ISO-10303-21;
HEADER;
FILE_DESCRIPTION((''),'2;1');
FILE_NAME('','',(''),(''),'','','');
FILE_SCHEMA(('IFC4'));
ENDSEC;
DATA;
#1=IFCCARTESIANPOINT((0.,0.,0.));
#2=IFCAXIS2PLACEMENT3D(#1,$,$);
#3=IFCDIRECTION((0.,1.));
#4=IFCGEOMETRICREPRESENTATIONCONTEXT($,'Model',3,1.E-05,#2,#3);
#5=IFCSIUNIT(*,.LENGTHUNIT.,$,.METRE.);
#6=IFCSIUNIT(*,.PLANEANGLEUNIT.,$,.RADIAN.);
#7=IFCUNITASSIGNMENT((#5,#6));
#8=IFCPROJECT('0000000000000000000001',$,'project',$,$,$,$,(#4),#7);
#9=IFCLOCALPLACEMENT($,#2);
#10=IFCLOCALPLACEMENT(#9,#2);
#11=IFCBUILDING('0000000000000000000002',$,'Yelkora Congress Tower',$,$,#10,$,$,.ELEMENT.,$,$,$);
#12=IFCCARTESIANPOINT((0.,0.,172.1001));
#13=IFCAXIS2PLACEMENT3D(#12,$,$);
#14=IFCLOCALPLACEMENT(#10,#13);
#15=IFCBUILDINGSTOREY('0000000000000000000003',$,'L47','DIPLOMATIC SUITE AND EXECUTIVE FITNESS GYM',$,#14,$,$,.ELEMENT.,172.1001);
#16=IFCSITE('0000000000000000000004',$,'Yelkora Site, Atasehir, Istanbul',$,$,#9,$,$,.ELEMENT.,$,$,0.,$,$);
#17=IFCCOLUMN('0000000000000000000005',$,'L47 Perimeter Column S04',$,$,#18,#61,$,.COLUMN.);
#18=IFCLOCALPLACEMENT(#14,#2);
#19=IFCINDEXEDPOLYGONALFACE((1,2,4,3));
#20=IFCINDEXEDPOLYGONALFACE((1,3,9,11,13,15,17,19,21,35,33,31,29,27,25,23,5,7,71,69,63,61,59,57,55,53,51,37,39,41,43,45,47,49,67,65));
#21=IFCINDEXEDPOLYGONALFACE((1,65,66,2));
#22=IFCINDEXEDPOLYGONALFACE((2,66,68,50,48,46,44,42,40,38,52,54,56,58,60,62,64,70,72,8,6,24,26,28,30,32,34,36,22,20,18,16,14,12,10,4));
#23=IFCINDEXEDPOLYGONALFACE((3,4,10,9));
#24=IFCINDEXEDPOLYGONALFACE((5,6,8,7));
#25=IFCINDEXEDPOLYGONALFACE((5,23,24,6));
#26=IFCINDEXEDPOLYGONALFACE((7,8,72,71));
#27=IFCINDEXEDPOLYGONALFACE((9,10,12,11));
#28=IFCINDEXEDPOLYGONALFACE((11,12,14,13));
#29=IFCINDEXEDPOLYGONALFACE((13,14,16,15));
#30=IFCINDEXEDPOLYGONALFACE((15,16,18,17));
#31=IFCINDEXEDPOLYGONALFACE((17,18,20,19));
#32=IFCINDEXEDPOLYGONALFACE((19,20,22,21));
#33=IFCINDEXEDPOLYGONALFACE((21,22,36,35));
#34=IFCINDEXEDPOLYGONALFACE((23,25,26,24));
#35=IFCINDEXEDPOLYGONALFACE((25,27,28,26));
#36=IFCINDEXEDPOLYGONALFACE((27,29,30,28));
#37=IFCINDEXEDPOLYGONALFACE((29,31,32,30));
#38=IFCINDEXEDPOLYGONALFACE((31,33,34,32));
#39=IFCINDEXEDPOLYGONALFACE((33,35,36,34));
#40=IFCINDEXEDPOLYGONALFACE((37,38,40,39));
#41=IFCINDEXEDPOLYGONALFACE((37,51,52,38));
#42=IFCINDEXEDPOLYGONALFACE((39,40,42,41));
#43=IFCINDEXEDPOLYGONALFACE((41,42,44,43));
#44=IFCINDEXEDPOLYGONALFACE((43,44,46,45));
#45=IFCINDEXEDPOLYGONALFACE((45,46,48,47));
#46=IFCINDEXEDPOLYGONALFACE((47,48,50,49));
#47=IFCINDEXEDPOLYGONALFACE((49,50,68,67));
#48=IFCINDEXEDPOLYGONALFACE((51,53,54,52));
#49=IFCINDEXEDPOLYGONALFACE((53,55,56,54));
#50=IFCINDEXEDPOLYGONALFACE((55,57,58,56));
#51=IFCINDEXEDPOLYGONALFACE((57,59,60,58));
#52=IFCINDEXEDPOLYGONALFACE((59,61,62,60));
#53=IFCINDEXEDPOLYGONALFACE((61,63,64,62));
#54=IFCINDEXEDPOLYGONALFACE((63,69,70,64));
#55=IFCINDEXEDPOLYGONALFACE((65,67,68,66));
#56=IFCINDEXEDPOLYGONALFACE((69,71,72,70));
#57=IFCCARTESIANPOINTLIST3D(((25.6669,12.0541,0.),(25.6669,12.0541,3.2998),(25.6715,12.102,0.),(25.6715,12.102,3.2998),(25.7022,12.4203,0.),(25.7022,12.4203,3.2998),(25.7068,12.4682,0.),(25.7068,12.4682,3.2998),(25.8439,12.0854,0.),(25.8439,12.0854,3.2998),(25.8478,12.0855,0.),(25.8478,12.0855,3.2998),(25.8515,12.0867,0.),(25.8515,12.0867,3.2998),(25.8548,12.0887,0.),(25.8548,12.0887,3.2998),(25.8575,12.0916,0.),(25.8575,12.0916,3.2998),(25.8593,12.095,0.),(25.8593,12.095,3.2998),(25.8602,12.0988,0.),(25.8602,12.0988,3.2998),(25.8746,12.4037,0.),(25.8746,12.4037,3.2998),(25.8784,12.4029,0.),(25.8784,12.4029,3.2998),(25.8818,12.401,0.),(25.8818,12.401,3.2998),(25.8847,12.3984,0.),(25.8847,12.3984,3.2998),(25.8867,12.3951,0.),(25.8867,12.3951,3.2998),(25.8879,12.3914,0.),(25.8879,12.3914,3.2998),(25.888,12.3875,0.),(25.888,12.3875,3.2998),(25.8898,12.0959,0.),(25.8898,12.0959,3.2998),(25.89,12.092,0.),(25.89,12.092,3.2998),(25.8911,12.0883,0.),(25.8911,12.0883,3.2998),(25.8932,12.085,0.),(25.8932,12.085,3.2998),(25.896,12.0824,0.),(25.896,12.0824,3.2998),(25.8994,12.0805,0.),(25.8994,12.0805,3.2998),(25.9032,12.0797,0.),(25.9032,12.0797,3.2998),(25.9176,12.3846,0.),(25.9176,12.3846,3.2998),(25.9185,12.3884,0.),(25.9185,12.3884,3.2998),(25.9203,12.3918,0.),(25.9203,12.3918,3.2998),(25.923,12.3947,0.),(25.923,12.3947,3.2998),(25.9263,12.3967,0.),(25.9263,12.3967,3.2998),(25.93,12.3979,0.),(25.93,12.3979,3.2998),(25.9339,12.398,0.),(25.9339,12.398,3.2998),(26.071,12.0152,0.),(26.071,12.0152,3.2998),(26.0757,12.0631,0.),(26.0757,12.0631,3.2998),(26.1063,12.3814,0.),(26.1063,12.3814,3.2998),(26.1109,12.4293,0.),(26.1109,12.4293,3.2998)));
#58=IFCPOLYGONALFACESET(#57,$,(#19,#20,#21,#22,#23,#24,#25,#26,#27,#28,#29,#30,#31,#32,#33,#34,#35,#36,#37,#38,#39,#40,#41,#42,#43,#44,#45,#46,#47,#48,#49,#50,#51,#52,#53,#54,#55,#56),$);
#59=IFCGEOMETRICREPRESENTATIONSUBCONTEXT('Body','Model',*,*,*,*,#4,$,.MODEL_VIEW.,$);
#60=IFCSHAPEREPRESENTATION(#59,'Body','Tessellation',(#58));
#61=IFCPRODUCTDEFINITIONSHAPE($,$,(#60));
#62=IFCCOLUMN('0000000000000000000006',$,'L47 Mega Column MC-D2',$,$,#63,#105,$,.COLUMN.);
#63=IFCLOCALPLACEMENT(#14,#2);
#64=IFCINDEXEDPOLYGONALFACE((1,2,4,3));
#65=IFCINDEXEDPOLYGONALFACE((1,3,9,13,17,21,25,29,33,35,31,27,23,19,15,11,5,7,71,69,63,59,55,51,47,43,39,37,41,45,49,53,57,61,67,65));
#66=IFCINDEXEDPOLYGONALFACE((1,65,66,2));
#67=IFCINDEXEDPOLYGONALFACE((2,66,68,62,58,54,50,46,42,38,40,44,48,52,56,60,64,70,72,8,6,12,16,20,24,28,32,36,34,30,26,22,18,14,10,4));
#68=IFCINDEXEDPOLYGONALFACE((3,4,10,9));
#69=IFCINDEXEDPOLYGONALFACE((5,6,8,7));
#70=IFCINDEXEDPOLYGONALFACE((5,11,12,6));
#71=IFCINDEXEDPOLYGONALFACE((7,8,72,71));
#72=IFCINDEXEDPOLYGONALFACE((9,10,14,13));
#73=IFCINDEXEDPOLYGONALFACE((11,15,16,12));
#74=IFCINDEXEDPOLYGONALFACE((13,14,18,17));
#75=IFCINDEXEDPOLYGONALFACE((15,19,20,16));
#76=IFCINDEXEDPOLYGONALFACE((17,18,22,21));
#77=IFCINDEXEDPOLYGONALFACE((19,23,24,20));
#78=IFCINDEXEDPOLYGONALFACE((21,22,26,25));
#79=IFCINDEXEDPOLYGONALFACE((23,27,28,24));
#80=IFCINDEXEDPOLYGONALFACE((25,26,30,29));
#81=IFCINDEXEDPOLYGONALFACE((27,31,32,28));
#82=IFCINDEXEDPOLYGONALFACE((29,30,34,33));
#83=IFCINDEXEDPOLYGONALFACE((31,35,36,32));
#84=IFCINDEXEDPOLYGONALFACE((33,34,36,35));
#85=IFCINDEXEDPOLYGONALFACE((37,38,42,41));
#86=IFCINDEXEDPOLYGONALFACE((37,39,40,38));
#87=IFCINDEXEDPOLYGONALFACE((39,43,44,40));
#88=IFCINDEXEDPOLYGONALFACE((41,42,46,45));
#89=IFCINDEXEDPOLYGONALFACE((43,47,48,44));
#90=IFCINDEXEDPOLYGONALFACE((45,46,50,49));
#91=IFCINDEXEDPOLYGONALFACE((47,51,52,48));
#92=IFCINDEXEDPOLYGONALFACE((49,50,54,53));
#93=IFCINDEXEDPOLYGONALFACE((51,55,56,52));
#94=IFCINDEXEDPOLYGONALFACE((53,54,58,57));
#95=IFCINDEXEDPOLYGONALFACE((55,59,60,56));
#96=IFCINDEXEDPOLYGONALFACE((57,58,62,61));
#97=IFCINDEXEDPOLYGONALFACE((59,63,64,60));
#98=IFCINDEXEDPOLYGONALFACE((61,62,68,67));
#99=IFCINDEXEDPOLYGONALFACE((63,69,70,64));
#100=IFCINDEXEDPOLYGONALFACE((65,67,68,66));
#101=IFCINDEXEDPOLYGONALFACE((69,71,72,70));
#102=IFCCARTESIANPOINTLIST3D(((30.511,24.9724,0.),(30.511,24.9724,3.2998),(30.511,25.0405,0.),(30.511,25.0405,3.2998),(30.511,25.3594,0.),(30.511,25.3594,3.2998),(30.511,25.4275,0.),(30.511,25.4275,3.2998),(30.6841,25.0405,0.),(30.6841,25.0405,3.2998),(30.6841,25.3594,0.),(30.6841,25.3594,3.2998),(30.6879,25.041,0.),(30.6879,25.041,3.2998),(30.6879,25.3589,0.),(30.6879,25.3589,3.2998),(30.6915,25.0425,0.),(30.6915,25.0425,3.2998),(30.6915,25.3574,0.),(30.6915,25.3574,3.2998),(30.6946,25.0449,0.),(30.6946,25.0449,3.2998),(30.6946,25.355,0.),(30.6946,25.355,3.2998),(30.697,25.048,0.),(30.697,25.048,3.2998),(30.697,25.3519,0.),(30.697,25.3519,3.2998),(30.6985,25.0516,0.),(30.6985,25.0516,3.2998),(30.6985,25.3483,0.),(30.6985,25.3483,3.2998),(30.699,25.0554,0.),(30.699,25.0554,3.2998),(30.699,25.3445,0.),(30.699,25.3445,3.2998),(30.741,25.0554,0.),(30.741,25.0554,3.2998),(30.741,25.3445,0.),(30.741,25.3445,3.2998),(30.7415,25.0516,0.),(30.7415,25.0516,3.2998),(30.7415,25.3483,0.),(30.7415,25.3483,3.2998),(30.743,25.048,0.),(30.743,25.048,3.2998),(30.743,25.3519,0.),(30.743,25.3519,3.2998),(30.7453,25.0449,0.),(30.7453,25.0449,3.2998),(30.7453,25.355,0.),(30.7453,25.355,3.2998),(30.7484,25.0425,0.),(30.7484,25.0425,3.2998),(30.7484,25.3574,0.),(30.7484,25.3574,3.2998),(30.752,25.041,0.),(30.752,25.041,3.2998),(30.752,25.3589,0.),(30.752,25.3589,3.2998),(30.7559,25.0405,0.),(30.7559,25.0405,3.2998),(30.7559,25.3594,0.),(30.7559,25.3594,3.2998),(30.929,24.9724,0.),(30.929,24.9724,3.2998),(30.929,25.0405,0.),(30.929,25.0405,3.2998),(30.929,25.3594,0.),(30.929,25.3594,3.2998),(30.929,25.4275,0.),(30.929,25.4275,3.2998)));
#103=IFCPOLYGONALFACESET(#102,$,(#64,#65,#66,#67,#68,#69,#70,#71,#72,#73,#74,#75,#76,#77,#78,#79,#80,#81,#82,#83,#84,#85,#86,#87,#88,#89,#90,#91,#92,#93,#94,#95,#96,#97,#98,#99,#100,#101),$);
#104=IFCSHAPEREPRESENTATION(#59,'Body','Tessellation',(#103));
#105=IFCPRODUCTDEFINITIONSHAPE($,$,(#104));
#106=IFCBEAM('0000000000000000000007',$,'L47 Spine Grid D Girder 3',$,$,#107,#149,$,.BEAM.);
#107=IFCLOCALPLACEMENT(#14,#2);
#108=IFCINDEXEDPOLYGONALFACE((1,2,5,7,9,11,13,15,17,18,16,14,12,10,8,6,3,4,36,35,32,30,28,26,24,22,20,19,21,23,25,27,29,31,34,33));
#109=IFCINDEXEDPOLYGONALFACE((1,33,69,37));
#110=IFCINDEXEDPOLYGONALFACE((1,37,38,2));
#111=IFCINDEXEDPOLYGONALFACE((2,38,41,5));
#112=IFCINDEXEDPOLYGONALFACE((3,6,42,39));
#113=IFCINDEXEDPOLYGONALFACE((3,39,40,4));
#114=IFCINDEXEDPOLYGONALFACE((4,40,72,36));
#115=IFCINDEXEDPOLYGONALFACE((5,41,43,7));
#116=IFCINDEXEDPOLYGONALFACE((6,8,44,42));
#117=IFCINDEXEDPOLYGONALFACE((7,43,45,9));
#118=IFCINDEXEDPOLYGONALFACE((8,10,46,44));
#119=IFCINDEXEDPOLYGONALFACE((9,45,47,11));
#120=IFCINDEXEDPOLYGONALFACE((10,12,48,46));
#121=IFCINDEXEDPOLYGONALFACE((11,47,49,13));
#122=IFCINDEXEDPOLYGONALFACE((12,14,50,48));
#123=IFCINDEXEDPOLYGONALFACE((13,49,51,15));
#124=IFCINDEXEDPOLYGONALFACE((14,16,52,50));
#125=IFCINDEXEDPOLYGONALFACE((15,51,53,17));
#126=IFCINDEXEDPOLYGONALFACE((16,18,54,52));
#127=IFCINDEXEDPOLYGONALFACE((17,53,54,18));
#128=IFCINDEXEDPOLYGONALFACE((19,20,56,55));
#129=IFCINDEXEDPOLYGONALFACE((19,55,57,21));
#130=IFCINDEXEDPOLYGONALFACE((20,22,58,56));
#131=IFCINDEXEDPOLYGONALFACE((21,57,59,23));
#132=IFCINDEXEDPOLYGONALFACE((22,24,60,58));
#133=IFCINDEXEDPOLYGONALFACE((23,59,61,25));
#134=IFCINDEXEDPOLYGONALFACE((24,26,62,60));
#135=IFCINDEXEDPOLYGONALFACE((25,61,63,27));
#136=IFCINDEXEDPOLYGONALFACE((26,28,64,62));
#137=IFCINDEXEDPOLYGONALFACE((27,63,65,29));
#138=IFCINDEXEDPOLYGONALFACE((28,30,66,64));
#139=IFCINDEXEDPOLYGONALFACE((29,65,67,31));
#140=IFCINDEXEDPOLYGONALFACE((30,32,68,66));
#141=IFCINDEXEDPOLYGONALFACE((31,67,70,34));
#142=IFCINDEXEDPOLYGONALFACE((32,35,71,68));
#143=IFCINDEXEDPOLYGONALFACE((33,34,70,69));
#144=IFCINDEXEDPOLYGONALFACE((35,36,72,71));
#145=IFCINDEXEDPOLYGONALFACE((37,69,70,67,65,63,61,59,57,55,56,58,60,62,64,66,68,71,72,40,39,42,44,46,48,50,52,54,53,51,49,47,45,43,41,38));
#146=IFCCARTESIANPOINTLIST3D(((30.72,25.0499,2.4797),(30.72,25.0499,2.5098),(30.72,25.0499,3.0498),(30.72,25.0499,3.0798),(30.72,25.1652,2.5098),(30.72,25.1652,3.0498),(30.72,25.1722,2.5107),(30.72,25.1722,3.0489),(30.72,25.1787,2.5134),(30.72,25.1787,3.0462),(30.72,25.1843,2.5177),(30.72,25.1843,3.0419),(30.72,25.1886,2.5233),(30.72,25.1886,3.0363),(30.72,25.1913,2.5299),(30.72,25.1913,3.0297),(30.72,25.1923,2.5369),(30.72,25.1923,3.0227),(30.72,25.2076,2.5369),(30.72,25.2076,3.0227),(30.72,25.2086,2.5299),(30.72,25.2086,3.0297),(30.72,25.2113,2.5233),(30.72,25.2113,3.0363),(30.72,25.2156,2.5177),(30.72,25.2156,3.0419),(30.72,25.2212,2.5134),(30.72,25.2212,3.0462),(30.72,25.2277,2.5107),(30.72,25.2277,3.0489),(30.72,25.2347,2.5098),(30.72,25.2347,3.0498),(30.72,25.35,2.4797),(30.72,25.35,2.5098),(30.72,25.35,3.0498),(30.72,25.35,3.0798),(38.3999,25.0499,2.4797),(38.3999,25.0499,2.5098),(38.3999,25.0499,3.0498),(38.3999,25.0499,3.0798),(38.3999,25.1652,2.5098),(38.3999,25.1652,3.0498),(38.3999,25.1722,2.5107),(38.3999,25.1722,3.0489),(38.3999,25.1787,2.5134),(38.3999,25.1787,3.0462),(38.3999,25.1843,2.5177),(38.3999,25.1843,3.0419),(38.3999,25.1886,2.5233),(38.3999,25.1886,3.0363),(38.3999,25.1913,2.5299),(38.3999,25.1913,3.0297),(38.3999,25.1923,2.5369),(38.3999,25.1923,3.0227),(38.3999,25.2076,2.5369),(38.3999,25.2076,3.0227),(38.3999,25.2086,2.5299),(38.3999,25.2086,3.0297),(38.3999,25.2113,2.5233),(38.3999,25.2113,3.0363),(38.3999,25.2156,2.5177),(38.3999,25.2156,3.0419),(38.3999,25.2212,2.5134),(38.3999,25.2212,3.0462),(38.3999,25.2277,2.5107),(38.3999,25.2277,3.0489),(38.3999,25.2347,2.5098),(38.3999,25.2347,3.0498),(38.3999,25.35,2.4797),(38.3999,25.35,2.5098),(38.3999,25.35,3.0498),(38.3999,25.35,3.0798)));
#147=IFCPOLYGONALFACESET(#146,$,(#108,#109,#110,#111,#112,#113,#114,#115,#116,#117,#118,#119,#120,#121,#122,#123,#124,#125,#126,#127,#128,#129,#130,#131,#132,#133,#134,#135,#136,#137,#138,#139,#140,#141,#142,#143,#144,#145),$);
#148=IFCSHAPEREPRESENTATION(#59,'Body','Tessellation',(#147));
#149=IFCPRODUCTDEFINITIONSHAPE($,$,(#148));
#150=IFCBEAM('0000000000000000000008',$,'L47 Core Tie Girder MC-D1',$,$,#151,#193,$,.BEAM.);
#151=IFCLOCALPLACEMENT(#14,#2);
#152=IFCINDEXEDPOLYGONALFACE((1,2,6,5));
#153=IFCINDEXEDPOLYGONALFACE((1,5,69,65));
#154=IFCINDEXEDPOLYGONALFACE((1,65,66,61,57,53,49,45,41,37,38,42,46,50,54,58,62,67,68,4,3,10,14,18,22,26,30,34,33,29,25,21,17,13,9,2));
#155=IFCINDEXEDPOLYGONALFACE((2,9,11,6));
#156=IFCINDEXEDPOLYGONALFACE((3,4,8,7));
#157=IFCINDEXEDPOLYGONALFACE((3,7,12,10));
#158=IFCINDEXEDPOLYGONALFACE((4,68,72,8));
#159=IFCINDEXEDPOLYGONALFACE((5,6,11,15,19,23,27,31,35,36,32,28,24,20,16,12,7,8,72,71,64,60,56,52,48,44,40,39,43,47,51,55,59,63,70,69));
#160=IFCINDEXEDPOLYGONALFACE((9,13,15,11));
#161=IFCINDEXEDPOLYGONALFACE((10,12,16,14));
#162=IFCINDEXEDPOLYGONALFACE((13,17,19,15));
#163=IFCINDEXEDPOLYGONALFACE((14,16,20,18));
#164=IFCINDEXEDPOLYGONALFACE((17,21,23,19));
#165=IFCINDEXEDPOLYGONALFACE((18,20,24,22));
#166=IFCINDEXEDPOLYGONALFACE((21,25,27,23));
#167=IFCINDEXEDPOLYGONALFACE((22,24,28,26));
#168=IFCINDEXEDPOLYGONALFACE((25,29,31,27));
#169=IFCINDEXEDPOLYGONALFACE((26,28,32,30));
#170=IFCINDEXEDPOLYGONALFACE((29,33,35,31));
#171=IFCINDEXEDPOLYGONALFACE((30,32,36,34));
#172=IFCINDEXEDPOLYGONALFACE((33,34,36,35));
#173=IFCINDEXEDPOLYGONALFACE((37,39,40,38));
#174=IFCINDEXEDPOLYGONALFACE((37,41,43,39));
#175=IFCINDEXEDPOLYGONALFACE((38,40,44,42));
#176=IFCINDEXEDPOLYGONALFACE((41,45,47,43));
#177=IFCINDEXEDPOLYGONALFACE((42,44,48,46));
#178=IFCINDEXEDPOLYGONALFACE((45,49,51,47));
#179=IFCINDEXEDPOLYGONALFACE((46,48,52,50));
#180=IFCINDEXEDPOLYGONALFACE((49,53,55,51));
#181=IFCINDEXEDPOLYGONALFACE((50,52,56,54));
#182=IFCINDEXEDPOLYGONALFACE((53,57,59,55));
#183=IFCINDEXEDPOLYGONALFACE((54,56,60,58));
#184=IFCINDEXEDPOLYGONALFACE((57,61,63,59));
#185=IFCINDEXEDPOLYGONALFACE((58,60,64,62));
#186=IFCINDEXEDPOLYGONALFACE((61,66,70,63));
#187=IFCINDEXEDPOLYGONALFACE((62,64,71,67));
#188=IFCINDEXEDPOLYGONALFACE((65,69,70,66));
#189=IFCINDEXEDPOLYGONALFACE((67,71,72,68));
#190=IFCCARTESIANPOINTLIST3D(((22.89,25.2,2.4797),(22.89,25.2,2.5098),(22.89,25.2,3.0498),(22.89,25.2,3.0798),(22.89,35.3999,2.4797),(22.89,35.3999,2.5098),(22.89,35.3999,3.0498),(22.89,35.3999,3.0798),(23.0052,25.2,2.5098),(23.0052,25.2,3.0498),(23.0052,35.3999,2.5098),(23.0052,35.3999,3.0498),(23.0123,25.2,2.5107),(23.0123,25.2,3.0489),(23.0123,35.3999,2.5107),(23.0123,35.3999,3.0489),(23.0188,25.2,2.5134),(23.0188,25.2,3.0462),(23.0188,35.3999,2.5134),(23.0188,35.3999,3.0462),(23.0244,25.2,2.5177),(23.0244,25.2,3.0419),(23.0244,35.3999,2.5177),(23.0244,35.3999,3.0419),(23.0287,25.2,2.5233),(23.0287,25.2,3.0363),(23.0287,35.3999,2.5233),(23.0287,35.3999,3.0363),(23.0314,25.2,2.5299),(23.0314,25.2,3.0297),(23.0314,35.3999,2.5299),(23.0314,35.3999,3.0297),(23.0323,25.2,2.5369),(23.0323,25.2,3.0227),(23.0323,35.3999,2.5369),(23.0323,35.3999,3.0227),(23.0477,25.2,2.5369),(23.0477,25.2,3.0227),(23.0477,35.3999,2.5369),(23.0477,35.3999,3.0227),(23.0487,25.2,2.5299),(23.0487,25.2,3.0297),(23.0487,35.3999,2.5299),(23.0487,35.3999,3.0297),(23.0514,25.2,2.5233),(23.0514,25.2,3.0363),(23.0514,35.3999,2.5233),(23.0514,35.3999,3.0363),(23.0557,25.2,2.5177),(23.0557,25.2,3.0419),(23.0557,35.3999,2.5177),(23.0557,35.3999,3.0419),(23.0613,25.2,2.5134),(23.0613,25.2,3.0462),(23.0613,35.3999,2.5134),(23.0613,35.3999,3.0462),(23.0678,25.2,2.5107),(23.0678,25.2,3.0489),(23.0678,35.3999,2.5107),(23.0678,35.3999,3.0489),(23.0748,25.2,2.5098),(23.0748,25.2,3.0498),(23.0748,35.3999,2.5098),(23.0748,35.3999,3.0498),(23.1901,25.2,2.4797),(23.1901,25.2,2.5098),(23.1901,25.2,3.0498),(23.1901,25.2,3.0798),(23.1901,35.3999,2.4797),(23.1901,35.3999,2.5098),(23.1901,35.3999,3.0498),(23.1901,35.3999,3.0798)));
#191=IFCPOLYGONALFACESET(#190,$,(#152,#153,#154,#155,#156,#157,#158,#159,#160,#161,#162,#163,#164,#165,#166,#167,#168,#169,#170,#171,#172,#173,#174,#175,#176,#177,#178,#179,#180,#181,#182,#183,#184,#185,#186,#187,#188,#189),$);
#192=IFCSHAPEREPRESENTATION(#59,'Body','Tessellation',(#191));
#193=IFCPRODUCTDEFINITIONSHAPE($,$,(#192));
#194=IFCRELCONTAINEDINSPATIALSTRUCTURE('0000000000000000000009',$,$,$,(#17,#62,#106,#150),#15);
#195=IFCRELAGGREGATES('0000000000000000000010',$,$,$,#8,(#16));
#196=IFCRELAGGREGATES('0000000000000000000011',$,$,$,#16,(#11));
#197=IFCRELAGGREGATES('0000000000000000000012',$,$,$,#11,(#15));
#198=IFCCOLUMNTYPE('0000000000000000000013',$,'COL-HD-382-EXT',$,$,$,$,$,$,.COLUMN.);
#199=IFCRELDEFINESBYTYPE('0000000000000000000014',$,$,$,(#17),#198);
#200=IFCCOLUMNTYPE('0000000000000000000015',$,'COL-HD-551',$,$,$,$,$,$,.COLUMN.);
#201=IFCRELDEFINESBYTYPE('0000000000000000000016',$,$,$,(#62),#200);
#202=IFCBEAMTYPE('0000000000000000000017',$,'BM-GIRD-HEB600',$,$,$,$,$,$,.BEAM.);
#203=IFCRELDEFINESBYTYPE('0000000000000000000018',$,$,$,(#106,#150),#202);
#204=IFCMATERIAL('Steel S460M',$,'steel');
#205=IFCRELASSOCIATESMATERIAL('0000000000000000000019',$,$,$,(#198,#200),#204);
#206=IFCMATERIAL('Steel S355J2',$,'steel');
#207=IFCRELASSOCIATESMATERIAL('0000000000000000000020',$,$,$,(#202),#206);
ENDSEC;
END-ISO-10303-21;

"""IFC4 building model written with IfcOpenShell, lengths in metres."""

from ifc_helpers import new_model, si_unit, direction, frame, origin, origin_2d, place, context, subcontext, project, spatial, i_section, extrude, material, material_profile, profile_set, type_object, element, save


model = new_model("IFC4")

# Units and contexts
model_context = context("Model", 3, precision=1e-05, world=origin(), true_north=direction((0.0, 1.0)))
body_context = subcontext(model_context, "Body", "Model", "MODEL_VIEW")
ifc_project = project(units=[si_unit("LENGTHUNIT", "METRE"), si_unit("PLANEANGLEUNIT", "RADIAN")], contexts=[model_context])

# Site, building, storey
site_placement = place(None, origin())
site = spatial("IfcSite", under=ifc_project, at=site_placement, Name="Yelkora Site, Atasehir, Istanbul", CompositionType="ELEMENT", RefElevation=0.0)
building_placement = place(site_placement, origin())
building = spatial("IfcBuilding", under=site, at=building_placement, Name="Yelkora Congress Tower", CompositionType="ELEMENT")
storey_placement = place(building_placement, frame((0.0, 0.0, 172.1001)))
storey = spatial("IfcBuildingStorey", under=building, at=storey_placement, Name="L47", Description="DIPLOMATIC SUITE AND EXECUTIVE FITNESS GYM", CompositionType="ELEMENT", Elevation=172.1001)

# Columns
ifc_material_1 = material(Name="Steel S460M", Category="steel")
ifc_material_profile_1 = material_profile(ifc_material_1, i_section(OverallWidth=0.406, OverallDepth=0.416, WebThickness=0.0298, FlangeThickness=0.0481, FilletRadius=0.0149, at=origin_2d()), Name="HD 400x382")
ifc_profile_set_1 = profile_set([ifc_material_profile_1], Name="Steel S460M")
column_type_1 = type_object("IfcColumnType", Name="COL-HD-382-EXT", PredefinedType="COLUMN", material=ifc_profile_set_1)
column_1_placement = place(storey_placement, frame((25.8889, 12.2417, 0.0), z_axis=(0.0, 0.0, 1.0), x_axis=(0.995396, -0.095846, 0.0)))
element("IfcColumn", 1, at=column_1_placement, inside=storey, type_object=column_type_1, Name="L47 Perimeter Column S04", PredefinedType="COLUMN", context=body_context, shape_type="SweptSolid", body=[
    extrude(i_section(OverallWidth=0.406, OverallDepth=0.416, WebThickness=0.0298, FlangeThickness=0.0481, FilletRadius=0.0149, at=origin_2d()), origin(), (0.0, 0.0, 1.0), 3.2998),
])
ifc_material_profile_2 = material_profile(ifc_material_1, i_section(OverallWidth=0.418, OverallDepth=0.4551, WebThickness=0.042, FlangeThickness=0.0681, FilletRadius=0.0149, at=origin_2d()), Name="HD 400x551")
ifc_profile_set_2 = profile_set([ifc_material_profile_2], Name="Steel S460M")
column_type_2 = type_object("IfcColumnType", Name="COL-HD-551", PredefinedType="COLUMN", material=ifc_profile_set_2)
column_2_placement = place(storey_placement, frame((30.72, 25.2, 0.0), z_axis=(0.0, 0.0, 1.0), x_axis=(1.0, 0.0, 0.0)))
element("IfcColumn", 2, at=column_2_placement, inside=storey, type_object=column_type_2, Name="L47 Mega Column MC-D2", PredefinedType="COLUMN", context=body_context, shape_type="SweptSolid", body=[
    extrude(i_section(OverallWidth=0.418, OverallDepth=0.4551, WebThickness=0.042, FlangeThickness=0.0681, FilletRadius=0.0149, at=origin_2d()), origin(), (0.0, 0.0, 1.0), 3.2998),
])

# Beams
ifc_material_2 = material(Name="Steel S355J2", Category="steel")
ifc_material_profile_3 = material_profile(ifc_material_2, i_section(OverallWidth=0.3, OverallDepth=0.6001, WebThickness=0.0154, FlangeThickness=0.03, FilletRadius=0.0271, at=origin_2d()), Name="HEB 600")
ifc_profile_set_3 = profile_set([ifc_material_profile_3], Name="Steel S355J2")
beam_type_1 = type_object("IfcBeamType", Name="BM-GIRD-HEB600", PredefinedType="BEAM", material=ifc_profile_set_3)
beam_1_placement = place(storey_placement, frame((30.72, 25.2, 2.7798), z_axis=(1.0, 0.0, 0.0), x_axis=(0.0, 1.0, 0.0)))
element("IfcBeam", 3, at=beam_1_placement, inside=storey, type_object=beam_type_1, Name="L47 Spine Grid D Girder 3", PredefinedType="BEAM", context=body_context, shape_type="SweptSolid", body=[
    extrude(i_section(OverallWidth=0.3, OverallDepth=0.6001, WebThickness=0.0154, FlangeThickness=0.03, FilletRadius=0.0271, at=origin_2d()), origin(), (0.0, 0.0, 1.0), 7.6799),
])
for number, where, z_axis, x_axis, name in (
    (4, (23.04, 25.2, 2.7798), (0.0, 1.0, 0.0), (-1.0, 0.0, 0.0), "L47 Core Tie Girder MC-D1"),
):
    element("IfcBeam", number, at=place(storey_placement, frame(where, z_axis=z_axis, x_axis=x_axis)), inside=storey, type_object=beam_type_1, Name=name, PredefinedType="BEAM", context=body_context, shape_type="SweptSolid", body=[
        extrude(i_section(OverallWidth=0.3, OverallDepth=0.6001, WebThickness=0.0154, FlangeThickness=0.03, FilletRadius=0.0271, at=origin_2d()), origin(), (0.0, 0.0, 1.0), 10.2),
    ])

save(model, "model.ifc")
